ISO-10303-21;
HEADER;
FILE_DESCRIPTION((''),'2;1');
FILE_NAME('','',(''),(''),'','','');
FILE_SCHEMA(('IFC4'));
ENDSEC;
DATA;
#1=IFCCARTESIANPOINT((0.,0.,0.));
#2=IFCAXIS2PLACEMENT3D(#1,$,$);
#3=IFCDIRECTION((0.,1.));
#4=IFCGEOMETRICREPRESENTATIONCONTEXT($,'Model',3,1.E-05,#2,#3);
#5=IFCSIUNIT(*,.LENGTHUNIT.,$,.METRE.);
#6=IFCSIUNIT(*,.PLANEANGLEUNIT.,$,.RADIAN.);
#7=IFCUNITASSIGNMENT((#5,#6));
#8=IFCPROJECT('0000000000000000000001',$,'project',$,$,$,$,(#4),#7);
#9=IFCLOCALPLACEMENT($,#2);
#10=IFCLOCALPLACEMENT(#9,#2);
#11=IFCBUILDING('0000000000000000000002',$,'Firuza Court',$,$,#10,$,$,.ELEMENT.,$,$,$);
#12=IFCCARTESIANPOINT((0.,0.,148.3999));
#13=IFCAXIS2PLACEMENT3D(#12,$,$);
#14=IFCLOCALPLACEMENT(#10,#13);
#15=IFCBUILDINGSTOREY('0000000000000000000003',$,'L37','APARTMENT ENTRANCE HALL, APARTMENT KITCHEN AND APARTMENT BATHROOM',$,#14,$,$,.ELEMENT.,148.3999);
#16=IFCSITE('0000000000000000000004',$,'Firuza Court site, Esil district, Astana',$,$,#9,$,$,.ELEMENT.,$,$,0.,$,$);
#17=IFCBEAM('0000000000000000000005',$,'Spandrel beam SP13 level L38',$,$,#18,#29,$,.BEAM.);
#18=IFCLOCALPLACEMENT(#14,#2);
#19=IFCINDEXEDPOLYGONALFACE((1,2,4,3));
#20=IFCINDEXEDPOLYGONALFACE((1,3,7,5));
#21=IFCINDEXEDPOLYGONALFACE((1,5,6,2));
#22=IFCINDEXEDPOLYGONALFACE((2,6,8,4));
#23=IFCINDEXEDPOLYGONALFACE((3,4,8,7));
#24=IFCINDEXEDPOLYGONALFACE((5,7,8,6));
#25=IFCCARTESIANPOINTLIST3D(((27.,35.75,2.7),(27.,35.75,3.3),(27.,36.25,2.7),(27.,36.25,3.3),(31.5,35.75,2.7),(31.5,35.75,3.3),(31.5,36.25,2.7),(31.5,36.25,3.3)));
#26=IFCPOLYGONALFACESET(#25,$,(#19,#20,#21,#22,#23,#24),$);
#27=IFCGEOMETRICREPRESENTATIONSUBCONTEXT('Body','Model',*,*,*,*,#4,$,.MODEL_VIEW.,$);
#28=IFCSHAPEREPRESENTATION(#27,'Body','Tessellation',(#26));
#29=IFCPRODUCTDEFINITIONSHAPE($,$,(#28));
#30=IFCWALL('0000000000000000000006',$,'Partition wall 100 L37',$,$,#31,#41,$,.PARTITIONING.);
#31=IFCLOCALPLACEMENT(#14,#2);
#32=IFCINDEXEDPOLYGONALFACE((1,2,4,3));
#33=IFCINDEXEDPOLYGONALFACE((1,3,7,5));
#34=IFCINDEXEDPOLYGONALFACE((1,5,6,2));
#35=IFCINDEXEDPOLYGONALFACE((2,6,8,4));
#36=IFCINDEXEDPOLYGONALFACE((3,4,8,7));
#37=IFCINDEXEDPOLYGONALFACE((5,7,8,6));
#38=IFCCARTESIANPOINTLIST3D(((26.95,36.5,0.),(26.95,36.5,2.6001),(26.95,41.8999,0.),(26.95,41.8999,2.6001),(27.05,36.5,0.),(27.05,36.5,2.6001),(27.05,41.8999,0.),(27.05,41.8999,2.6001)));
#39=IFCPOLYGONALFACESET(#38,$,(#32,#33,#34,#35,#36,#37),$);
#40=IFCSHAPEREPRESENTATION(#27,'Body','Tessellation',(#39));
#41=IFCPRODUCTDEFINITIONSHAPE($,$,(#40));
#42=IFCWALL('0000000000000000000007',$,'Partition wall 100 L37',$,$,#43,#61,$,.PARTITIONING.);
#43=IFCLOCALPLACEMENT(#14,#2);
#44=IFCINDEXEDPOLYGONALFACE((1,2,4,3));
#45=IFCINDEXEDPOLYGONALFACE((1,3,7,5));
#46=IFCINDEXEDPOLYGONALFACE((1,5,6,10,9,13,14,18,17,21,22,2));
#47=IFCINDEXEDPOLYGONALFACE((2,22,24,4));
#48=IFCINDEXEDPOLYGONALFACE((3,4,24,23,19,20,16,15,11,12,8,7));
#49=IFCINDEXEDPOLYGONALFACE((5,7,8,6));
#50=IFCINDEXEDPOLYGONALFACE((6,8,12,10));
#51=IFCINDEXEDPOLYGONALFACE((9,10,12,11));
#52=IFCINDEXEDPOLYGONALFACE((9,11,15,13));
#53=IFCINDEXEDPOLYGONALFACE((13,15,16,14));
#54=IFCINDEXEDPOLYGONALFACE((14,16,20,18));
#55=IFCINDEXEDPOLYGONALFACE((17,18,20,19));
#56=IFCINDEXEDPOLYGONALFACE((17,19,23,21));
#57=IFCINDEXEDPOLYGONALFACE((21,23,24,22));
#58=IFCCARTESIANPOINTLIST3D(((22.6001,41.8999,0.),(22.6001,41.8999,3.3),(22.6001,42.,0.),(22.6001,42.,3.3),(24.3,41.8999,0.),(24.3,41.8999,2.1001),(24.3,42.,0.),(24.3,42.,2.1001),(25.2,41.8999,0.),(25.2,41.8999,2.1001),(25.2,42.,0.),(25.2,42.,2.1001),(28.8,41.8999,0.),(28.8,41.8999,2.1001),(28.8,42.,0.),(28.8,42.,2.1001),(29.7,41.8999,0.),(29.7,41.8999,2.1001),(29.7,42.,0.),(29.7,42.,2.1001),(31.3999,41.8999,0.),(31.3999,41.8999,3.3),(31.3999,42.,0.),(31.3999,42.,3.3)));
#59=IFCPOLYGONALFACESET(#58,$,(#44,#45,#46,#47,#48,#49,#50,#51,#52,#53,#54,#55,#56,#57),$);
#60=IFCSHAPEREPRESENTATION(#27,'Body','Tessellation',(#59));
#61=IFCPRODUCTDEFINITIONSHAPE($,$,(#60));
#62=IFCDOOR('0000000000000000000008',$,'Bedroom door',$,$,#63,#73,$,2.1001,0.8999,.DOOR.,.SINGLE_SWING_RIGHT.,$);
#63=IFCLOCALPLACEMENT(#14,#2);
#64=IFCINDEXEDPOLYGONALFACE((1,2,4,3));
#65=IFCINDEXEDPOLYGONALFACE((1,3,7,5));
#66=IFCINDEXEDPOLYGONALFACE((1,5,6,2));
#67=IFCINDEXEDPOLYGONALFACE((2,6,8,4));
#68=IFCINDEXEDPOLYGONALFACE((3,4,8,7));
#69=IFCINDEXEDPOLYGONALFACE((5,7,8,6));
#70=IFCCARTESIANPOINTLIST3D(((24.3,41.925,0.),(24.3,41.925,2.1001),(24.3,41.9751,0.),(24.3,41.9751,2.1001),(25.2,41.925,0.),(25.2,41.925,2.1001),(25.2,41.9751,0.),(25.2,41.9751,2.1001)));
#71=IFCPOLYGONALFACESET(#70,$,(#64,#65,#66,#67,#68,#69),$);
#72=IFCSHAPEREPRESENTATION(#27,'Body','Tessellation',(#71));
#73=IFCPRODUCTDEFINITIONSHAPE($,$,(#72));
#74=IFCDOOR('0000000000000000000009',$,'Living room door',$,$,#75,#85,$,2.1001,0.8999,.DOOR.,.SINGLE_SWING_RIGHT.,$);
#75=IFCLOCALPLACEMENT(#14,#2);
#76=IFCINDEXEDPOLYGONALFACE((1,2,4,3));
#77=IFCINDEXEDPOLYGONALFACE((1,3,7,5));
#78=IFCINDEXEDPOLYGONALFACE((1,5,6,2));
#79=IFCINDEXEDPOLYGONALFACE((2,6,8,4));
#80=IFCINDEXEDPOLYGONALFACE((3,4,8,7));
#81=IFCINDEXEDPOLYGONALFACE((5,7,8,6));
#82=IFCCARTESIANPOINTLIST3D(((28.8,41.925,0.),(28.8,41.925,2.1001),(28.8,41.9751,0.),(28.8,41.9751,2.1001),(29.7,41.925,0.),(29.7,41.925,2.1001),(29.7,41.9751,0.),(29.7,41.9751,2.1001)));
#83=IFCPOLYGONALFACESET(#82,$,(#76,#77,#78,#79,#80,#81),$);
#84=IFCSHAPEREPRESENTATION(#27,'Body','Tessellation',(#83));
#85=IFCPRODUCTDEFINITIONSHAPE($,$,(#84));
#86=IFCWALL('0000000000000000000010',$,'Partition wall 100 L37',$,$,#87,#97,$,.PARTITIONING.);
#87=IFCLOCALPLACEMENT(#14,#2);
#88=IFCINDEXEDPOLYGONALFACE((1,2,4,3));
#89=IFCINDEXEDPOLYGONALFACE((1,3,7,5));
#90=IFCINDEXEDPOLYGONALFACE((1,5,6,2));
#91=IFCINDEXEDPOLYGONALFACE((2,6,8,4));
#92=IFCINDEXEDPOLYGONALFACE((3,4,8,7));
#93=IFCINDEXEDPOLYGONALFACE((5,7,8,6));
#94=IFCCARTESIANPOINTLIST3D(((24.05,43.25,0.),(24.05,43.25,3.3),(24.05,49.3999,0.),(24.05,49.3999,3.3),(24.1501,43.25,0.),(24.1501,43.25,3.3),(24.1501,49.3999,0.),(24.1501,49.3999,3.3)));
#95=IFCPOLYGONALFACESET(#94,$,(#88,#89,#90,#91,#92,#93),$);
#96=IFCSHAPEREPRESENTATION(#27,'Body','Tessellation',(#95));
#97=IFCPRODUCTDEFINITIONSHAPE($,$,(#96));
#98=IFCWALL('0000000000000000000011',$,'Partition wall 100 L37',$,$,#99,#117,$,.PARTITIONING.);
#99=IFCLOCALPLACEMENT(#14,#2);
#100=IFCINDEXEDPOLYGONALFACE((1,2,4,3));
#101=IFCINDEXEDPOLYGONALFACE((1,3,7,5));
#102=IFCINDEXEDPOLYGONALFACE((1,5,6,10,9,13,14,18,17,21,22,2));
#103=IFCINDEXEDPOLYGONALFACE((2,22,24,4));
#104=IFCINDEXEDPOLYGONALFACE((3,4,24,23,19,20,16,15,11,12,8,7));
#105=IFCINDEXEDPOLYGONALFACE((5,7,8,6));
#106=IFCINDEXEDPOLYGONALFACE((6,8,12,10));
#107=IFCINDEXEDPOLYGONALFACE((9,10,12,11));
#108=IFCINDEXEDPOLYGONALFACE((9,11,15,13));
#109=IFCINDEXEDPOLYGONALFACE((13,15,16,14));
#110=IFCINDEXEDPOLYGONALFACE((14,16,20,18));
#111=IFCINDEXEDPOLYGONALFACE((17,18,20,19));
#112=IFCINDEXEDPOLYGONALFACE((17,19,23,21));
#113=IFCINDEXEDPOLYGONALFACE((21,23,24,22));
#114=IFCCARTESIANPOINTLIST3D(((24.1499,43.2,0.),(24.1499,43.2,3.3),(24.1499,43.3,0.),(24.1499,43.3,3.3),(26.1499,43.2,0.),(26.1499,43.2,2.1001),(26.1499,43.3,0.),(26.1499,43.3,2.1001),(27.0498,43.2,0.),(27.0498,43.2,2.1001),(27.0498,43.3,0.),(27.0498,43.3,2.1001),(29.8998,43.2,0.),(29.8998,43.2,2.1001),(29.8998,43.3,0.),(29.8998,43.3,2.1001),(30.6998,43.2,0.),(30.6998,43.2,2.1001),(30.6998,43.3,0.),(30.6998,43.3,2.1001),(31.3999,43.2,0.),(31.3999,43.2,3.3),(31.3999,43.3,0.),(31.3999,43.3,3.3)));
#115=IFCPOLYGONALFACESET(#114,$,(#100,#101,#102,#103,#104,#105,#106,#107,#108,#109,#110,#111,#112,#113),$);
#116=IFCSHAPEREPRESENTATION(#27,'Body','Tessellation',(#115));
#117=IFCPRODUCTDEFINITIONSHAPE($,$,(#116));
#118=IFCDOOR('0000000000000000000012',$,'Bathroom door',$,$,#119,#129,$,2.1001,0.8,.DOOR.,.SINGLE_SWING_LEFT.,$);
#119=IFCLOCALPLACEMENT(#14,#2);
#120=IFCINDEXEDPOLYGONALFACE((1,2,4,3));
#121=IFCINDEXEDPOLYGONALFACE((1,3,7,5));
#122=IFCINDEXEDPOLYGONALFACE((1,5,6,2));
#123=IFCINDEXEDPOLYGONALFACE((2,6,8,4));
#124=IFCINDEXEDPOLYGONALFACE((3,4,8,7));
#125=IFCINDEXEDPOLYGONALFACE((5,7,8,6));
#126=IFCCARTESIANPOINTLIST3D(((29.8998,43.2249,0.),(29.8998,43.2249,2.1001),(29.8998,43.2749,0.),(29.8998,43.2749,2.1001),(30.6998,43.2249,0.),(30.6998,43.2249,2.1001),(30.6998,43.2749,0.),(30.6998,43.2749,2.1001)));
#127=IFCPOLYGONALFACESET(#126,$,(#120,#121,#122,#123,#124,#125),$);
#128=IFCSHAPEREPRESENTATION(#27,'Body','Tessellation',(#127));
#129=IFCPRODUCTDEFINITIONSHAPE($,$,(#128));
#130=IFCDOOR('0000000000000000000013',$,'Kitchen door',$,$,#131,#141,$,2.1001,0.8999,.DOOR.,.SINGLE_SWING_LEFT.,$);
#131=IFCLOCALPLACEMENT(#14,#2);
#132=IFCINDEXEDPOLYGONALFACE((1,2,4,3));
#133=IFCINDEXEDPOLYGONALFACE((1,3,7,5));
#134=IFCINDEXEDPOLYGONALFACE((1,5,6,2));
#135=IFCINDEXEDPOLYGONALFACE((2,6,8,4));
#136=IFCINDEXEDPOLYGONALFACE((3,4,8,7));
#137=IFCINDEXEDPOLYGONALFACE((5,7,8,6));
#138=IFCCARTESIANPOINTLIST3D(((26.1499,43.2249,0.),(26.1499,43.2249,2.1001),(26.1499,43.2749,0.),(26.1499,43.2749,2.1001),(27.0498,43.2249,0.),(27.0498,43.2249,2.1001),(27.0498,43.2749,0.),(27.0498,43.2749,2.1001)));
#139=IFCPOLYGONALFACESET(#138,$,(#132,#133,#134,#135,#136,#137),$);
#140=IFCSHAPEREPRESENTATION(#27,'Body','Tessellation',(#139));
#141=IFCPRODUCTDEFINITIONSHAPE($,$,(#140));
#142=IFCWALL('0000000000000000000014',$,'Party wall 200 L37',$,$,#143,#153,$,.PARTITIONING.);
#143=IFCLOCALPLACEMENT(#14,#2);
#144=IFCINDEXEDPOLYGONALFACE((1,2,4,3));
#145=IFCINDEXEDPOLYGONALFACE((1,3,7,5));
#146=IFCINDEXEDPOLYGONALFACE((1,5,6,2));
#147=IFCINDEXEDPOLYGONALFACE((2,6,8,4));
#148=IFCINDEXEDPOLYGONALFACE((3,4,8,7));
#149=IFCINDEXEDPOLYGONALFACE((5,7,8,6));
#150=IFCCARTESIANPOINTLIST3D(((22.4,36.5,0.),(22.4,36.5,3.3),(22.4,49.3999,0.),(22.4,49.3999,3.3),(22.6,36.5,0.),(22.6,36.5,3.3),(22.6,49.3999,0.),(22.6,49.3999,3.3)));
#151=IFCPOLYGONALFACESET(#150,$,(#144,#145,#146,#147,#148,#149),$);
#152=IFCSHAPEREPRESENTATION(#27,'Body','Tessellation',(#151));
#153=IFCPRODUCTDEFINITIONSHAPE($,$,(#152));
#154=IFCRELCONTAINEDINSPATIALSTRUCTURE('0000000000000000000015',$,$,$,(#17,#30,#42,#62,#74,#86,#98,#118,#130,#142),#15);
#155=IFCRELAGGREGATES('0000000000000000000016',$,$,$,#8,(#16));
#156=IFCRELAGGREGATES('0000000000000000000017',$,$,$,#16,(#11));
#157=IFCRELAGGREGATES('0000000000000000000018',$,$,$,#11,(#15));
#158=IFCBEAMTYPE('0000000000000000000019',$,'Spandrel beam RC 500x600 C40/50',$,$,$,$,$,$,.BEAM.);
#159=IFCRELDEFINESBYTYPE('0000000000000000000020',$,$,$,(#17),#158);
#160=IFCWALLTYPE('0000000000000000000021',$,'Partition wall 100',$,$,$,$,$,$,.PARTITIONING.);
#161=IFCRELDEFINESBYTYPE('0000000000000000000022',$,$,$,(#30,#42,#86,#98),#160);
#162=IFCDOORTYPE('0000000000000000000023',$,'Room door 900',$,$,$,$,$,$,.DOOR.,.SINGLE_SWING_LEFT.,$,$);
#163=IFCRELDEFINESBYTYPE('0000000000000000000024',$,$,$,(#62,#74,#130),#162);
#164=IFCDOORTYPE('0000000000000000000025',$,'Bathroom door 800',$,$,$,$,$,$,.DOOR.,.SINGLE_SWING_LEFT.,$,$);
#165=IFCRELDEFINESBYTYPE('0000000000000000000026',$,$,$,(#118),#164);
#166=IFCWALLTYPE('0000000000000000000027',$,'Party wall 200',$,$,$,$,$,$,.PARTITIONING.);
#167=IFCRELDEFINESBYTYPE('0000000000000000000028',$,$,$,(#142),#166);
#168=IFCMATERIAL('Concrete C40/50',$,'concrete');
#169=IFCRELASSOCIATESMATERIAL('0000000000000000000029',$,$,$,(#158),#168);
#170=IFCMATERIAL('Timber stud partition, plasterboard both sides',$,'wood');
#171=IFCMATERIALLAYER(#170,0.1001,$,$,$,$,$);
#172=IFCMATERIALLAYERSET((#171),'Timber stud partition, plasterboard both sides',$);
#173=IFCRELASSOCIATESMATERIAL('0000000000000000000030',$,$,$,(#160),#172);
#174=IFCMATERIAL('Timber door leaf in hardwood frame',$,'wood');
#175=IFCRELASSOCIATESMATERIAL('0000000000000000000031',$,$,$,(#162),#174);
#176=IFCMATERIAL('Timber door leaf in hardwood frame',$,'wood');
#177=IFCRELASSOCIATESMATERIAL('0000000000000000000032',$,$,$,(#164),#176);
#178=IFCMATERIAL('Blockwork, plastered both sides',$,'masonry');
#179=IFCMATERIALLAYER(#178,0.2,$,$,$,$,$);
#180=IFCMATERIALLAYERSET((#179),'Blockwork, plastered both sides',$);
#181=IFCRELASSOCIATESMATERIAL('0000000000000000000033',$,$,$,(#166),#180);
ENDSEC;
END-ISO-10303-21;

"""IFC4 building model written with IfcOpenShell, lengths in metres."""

from ifc_helpers import new_model, si_unit, direction, frame, frame_2d, origin, origin_2d, place, context, subcontext, project, spatial, rectangle, extrude, material, layer, layer_set, material_profile, profile_set, type_object, element, fill, save


model = new_model("IFC4")

# Units and contexts
model_context = context("Model", 3, precision=1e-05, world=origin(), true_north=direction((0.0, 1.0)))
body_context = subcontext(model_context, "Body", "Model", "MODEL_VIEW")
ifc_project = project(units=[si_unit("LENGTHUNIT", "METRE"), si_unit("PLANEANGLEUNIT", "RADIAN")], contexts=[model_context])

# Site, building, storey
site_placement = place(None, origin())
site = spatial("IfcSite", under=ifc_project, at=site_placement, Name="Firuza Court site, Esil district, Astana", CompositionType="ELEMENT", RefElevation=0.0)
building_placement = place(site_placement, origin())
building = spatial("IfcBuilding", under=site, at=building_placement, Name="Firuza Court", CompositionType="ELEMENT")
storey_placement = place(building_placement, frame((0.0, 0.0, 148.3999)))
storey = spatial("IfcBuildingStorey", under=building, at=storey_placement, Name="L37", Description="APARTMENT ENTRANCE HALL, APARTMENT KITCHEN AND APARTMENT BATHROOM", CompositionType="ELEMENT", Elevation=148.3999)

# Beam
ifc_material_1 = material(Name="Concrete C40/50", Category="concrete")
ifc_material_profile = material_profile(ifc_material_1, rectangle(XDim=0.5, YDim=0.6001, at=origin_2d()), Name="RC 500x600")
ifc_profile_set = profile_set([ifc_material_profile], Name="Concrete C40/50")
beam_type = type_object("IfcBeamType", Name="Spandrel beam RC 500x600 C40/50", PredefinedType="BEAM", material=ifc_profile_set)
beam_placement = place(storey_placement, frame((27.0, 36.0, 3.0), z_axis=(1.0, 0.0, 0.0), x_axis=(0.0, 1.0, 0.0)))
element("IfcBeam", 1, at=beam_placement, inside=storey, type_object=beam_type, Name="Spandrel beam SP13 level L38", PredefinedType="BEAM", context=body_context, shape_type="SweptSolid", body=[
    extrude(rectangle(XDim=0.5, YDim=0.6001, at=origin_2d()), origin(), (0.0, 0.0, 1.0), 4.5),
])

# Wall
ifc_material_2 = material(Name="Timber stud partition, plasterboard both sides", Category="wood")
ifc_layer_1 = layer(ifc_material_2, 0.1001)
ifc_layer_set_1 = layer_set([ifc_layer_1], Name="Timber stud partition, plasterboard both sides")
wall_type_1 = type_object("IfcWallType", Name="Partition wall 100", PredefinedType="PARTITIONING", material=ifc_layer_set_1)
wall_1_placement = place(storey_placement, frame((27.0, 36.5, 0.0), z_axis=(0.0, 0.0, 1.0), x_axis=(0.0, 1.0, 0.0)))
element("IfcWall", 2, at=wall_1_placement, inside=storey, type_object=wall_type_1, Name="Partition wall 100 L37", PredefinedType="PARTITIONING", context=body_context, shape_type="SweptSolid", body=[
    extrude(rectangle(XDim=5.3999, YDim=0.1001, at=frame_2d((2.7, 0.0))), origin(), (0.0, 0.0, 1.0), 2.6001),
])

# Wall, openings, doors
wall_2_placement = place(storey_placement, frame((22.6001, 41.95, 0.0), z_axis=(0.0, 0.0, 1.0), x_axis=(1.0, 0.0, 0.0)))
wall_2 = element("IfcWall", 3, at=wall_2_placement, inside=storey, type_object=wall_type_1, Name="Partition wall 100 L37", PredefinedType="PARTITIONING", context=body_context, shape_type="SweptSolid", body=[
    extrude(rectangle(XDim=8.7998, YDim=0.1001, at=frame_2d((4.3999, 0.0))), origin(), (0.0, 0.0, 1.0), 3.3),
])
opening_1_placement = place(wall_2_placement, frame((1.7, 0.0, 0.0)))
opening_1 = element("IfcOpeningElement", 4, at=opening_1_placement, cuts=wall_2, PredefinedType="OPENING", context=body_context, shape_type="SweptSolid", body=[
    extrude(rectangle(XDim=0.8999, YDim=2.1001, at=frame_2d((0.45, 1.05))), frame((0.0, 0.062, 0.0), z_axis=(0.0, -1.0, 0.0), x_axis=(1.0, 0.0, 0.0)), (0.0, 0.0, 1.0), 0.124),
])
opening_2_placement = place(wall_2_placement, frame((6.2, 0.0, 0.0)))
opening_2 = element("IfcOpeningElement", 5, at=opening_2_placement, cuts=wall_2, PredefinedType="OPENING", context=body_context, shape_type="SweptSolid", body=[
    extrude(rectangle(XDim=0.8999, YDim=2.1001, at=frame_2d((0.45, 1.05))), frame((0.0, 0.062, 0.0), z_axis=(0.0, -1.0, 0.0), x_axis=(1.0, 0.0, 0.0)), (0.0, 0.0, 1.0), 0.124),
])
ifc_material_3 = material(Name="Timber door leaf in hardwood frame", Category="wood")
door_type_1 = type_object("IfcDoorType", Name="Room door 900", OperationType="SINGLE_SWING_LEFT", PredefinedType="DOOR", material=ifc_material_3)
door_1_placement = place(opening_1_placement, frame((0.8999, 0.0, 0.0), z_axis=(0.0, 0.0, 1.0), x_axis=(-1.0, 0.0, 0.0)))
door_1 = element("IfcDoor", 6, at=door_1_placement, inside=storey, type_object=door_type_1, Name="Bedroom door", OperationType="SINGLE_SWING_RIGHT", OverallHeight=2.1001, OverallWidth=0.8999, PredefinedType="DOOR", context=body_context, shape_type="SweptSolid", body=[
    extrude(rectangle(XDim=0.8999, YDim=2.1001, at=frame_2d((0.45, 1.05))), frame((0.0, 0.0249, 0.0), z_axis=(0.0, -1.0, 0.0), x_axis=(1.0, 0.0, 0.0)), (0.0, 0.0, 1.0), 0.05),
])
fill(opening_1, door_1)
door_2_placement = place(opening_2_placement, frame((0.8999, 0.0, 0.0), z_axis=(0.0, 0.0, 1.0), x_axis=(-1.0, 0.0, 0.0)))
door_2 = element("IfcDoor", 7, at=door_2_placement, inside=storey, type_object=door_type_1, Name="Living room door", OperationType="SINGLE_SWING_RIGHT", OverallHeight=2.1001, OverallWidth=0.8999, PredefinedType="DOOR", context=body_context, shape_type="SweptSolid", body=[
    extrude(rectangle(XDim=0.8999, YDim=2.1001, at=frame_2d((0.45, 1.05))), frame((0.0, 0.0249, 0.0), z_axis=(0.0, -1.0, 0.0), x_axis=(1.0, 0.0, 0.0)), (0.0, 0.0, 1.0), 0.05),
])
fill(opening_2, door_2)

# Wall
wall_3_placement = place(storey_placement, frame((24.1001, 43.25, 0.0), z_axis=(0.0, 0.0, 1.0), x_axis=(0.0, 1.0, 0.0)))
element("IfcWall", 8, at=wall_3_placement, inside=storey, type_object=wall_type_1, Name="Partition wall 100 L37", PredefinedType="PARTITIONING", context=body_context, shape_type="SweptSolid", body=[
    extrude(rectangle(XDim=6.1499, YDim=0.1001, at=frame_2d((3.075, 0.0))), origin(), (0.0, 0.0, 1.0), 3.3),
])

# Wall, openings, doors
wall_4_placement = place(storey_placement, frame((24.1499, 43.25, 0.0), z_axis=(0.0, 0.0, 1.0), x_axis=(1.0, 0.0, 0.0)))
wall_4 = element("IfcWall", 9, at=wall_4_placement, inside=storey, type_object=wall_type_1, Name="Partition wall 100 L37", PredefinedType="PARTITIONING", context=body_context, shape_type="SweptSolid", body=[
    extrude(rectangle(XDim=7.25, YDim=0.1001, at=frame_2d((3.625, 0.0))), origin(), (0.0, 0.0, 1.0), 3.3),
])
opening_3_placement = place(wall_4_placement, frame((5.75, 0.0, 0.0)))
opening_3 = element("IfcOpeningElement", 10, at=opening_3_placement, cuts=wall_4, PredefinedType="OPENING", context=body_context, shape_type="SweptSolid", body=[
    extrude(rectangle(XDim=0.8, YDim=2.1001, at=frame_2d((0.3999, 1.05))), frame((0.0, 0.062, 0.0), z_axis=(0.0, -1.0, 0.0), x_axis=(1.0, 0.0, 0.0)), (0.0, 0.0, 1.0), 0.124),
])
opening_4_placement = place(wall_4_placement, frame((2.0, 0.0, 0.0)))
opening_4 = element("IfcOpeningElement", 11, at=opening_4_placement, cuts=wall_4, PredefinedType="OPENING", context=body_context, shape_type="SweptSolid", body=[
    extrude(rectangle(XDim=0.8999, YDim=2.1001, at=frame_2d((0.45, 1.05))), frame((0.0, 0.062, 0.0), z_axis=(0.0, -1.0, 0.0), x_axis=(1.0, 0.0, 0.0)), (0.0, 0.0, 1.0), 0.124),
])
ifc_material_4 = material(Name="Timber door leaf in hardwood frame", Category="wood")
door_type_2 = type_object("IfcDoorType", Name="Bathroom door 800", OperationType="SINGLE_SWING_LEFT", PredefinedType="DOOR", material=ifc_material_4)
door_3_placement = place(opening_3_placement, origin())
door_3 = element("IfcDoor", 12, at=door_3_placement, inside=storey, type_object=door_type_2, Name="Bathroom door", OperationType="SINGLE_SWING_LEFT", OverallHeight=2.1001, OverallWidth=0.8, PredefinedType="DOOR", context=body_context, shape_type="SweptSolid", body=[
    extrude(rectangle(XDim=0.8, YDim=2.1001, at=frame_2d((0.3999, 1.05))), frame((0.0, 0.0249, 0.0), z_axis=(0.0, -1.0, 0.0), x_axis=(1.0, 0.0, 0.0)), (0.0, 0.0, 1.0), 0.05),
])
fill(opening_3, door_3)
door_4_placement = place(opening_4_placement, origin())
door_4 = element("IfcDoor", 13, at=door_4_placement, inside=storey, type_object=door_type_1, Name="Kitchen door", OperationType="SINGLE_SWING_LEFT", OverallHeight=2.1001, OverallWidth=0.8999, PredefinedType="DOOR", context=body_context, shape_type="SweptSolid", body=[
    extrude(rectangle(XDim=0.8999, YDim=2.1001, at=frame_2d((0.45, 1.05))), frame((0.0, 0.0249, 0.0), z_axis=(0.0, -1.0, 0.0), x_axis=(1.0, 0.0, 0.0)), (0.0, 0.0, 1.0), 0.05),
])
fill(opening_4, door_4)

# Wall
ifc_material_5 = material(Name="Blockwork, plastered both sides", Category="masonry")
ifc_layer_2 = layer(ifc_material_5, 0.2)
ifc_layer_set_2 = layer_set([ifc_layer_2], Name="Blockwork, plastered both sides")
wall_type_2 = type_object("IfcWallType", Name="Party wall 200", PredefinedType="PARTITIONING", material=ifc_layer_set_2)
wall_5_placement = place(storey_placement, frame((22.5, 36.5, 0.0), z_axis=(0.0, 0.0, 1.0), x_axis=(0.0, 1.0, 0.0)))
element("IfcWall", 14, at=wall_5_placement, inside=storey, type_object=wall_type_2, Name="Party wall 200 L37", PredefinedType="PARTITIONING", context=body_context, shape_type="SweptSolid", body=[
    extrude(rectangle(XDim=12.8999, YDim=0.2, at=frame_2d((6.45, 0.0))), origin(), (0.0, 0.0, 1.0), 3.3),
])

save(model, "model.ifc")
